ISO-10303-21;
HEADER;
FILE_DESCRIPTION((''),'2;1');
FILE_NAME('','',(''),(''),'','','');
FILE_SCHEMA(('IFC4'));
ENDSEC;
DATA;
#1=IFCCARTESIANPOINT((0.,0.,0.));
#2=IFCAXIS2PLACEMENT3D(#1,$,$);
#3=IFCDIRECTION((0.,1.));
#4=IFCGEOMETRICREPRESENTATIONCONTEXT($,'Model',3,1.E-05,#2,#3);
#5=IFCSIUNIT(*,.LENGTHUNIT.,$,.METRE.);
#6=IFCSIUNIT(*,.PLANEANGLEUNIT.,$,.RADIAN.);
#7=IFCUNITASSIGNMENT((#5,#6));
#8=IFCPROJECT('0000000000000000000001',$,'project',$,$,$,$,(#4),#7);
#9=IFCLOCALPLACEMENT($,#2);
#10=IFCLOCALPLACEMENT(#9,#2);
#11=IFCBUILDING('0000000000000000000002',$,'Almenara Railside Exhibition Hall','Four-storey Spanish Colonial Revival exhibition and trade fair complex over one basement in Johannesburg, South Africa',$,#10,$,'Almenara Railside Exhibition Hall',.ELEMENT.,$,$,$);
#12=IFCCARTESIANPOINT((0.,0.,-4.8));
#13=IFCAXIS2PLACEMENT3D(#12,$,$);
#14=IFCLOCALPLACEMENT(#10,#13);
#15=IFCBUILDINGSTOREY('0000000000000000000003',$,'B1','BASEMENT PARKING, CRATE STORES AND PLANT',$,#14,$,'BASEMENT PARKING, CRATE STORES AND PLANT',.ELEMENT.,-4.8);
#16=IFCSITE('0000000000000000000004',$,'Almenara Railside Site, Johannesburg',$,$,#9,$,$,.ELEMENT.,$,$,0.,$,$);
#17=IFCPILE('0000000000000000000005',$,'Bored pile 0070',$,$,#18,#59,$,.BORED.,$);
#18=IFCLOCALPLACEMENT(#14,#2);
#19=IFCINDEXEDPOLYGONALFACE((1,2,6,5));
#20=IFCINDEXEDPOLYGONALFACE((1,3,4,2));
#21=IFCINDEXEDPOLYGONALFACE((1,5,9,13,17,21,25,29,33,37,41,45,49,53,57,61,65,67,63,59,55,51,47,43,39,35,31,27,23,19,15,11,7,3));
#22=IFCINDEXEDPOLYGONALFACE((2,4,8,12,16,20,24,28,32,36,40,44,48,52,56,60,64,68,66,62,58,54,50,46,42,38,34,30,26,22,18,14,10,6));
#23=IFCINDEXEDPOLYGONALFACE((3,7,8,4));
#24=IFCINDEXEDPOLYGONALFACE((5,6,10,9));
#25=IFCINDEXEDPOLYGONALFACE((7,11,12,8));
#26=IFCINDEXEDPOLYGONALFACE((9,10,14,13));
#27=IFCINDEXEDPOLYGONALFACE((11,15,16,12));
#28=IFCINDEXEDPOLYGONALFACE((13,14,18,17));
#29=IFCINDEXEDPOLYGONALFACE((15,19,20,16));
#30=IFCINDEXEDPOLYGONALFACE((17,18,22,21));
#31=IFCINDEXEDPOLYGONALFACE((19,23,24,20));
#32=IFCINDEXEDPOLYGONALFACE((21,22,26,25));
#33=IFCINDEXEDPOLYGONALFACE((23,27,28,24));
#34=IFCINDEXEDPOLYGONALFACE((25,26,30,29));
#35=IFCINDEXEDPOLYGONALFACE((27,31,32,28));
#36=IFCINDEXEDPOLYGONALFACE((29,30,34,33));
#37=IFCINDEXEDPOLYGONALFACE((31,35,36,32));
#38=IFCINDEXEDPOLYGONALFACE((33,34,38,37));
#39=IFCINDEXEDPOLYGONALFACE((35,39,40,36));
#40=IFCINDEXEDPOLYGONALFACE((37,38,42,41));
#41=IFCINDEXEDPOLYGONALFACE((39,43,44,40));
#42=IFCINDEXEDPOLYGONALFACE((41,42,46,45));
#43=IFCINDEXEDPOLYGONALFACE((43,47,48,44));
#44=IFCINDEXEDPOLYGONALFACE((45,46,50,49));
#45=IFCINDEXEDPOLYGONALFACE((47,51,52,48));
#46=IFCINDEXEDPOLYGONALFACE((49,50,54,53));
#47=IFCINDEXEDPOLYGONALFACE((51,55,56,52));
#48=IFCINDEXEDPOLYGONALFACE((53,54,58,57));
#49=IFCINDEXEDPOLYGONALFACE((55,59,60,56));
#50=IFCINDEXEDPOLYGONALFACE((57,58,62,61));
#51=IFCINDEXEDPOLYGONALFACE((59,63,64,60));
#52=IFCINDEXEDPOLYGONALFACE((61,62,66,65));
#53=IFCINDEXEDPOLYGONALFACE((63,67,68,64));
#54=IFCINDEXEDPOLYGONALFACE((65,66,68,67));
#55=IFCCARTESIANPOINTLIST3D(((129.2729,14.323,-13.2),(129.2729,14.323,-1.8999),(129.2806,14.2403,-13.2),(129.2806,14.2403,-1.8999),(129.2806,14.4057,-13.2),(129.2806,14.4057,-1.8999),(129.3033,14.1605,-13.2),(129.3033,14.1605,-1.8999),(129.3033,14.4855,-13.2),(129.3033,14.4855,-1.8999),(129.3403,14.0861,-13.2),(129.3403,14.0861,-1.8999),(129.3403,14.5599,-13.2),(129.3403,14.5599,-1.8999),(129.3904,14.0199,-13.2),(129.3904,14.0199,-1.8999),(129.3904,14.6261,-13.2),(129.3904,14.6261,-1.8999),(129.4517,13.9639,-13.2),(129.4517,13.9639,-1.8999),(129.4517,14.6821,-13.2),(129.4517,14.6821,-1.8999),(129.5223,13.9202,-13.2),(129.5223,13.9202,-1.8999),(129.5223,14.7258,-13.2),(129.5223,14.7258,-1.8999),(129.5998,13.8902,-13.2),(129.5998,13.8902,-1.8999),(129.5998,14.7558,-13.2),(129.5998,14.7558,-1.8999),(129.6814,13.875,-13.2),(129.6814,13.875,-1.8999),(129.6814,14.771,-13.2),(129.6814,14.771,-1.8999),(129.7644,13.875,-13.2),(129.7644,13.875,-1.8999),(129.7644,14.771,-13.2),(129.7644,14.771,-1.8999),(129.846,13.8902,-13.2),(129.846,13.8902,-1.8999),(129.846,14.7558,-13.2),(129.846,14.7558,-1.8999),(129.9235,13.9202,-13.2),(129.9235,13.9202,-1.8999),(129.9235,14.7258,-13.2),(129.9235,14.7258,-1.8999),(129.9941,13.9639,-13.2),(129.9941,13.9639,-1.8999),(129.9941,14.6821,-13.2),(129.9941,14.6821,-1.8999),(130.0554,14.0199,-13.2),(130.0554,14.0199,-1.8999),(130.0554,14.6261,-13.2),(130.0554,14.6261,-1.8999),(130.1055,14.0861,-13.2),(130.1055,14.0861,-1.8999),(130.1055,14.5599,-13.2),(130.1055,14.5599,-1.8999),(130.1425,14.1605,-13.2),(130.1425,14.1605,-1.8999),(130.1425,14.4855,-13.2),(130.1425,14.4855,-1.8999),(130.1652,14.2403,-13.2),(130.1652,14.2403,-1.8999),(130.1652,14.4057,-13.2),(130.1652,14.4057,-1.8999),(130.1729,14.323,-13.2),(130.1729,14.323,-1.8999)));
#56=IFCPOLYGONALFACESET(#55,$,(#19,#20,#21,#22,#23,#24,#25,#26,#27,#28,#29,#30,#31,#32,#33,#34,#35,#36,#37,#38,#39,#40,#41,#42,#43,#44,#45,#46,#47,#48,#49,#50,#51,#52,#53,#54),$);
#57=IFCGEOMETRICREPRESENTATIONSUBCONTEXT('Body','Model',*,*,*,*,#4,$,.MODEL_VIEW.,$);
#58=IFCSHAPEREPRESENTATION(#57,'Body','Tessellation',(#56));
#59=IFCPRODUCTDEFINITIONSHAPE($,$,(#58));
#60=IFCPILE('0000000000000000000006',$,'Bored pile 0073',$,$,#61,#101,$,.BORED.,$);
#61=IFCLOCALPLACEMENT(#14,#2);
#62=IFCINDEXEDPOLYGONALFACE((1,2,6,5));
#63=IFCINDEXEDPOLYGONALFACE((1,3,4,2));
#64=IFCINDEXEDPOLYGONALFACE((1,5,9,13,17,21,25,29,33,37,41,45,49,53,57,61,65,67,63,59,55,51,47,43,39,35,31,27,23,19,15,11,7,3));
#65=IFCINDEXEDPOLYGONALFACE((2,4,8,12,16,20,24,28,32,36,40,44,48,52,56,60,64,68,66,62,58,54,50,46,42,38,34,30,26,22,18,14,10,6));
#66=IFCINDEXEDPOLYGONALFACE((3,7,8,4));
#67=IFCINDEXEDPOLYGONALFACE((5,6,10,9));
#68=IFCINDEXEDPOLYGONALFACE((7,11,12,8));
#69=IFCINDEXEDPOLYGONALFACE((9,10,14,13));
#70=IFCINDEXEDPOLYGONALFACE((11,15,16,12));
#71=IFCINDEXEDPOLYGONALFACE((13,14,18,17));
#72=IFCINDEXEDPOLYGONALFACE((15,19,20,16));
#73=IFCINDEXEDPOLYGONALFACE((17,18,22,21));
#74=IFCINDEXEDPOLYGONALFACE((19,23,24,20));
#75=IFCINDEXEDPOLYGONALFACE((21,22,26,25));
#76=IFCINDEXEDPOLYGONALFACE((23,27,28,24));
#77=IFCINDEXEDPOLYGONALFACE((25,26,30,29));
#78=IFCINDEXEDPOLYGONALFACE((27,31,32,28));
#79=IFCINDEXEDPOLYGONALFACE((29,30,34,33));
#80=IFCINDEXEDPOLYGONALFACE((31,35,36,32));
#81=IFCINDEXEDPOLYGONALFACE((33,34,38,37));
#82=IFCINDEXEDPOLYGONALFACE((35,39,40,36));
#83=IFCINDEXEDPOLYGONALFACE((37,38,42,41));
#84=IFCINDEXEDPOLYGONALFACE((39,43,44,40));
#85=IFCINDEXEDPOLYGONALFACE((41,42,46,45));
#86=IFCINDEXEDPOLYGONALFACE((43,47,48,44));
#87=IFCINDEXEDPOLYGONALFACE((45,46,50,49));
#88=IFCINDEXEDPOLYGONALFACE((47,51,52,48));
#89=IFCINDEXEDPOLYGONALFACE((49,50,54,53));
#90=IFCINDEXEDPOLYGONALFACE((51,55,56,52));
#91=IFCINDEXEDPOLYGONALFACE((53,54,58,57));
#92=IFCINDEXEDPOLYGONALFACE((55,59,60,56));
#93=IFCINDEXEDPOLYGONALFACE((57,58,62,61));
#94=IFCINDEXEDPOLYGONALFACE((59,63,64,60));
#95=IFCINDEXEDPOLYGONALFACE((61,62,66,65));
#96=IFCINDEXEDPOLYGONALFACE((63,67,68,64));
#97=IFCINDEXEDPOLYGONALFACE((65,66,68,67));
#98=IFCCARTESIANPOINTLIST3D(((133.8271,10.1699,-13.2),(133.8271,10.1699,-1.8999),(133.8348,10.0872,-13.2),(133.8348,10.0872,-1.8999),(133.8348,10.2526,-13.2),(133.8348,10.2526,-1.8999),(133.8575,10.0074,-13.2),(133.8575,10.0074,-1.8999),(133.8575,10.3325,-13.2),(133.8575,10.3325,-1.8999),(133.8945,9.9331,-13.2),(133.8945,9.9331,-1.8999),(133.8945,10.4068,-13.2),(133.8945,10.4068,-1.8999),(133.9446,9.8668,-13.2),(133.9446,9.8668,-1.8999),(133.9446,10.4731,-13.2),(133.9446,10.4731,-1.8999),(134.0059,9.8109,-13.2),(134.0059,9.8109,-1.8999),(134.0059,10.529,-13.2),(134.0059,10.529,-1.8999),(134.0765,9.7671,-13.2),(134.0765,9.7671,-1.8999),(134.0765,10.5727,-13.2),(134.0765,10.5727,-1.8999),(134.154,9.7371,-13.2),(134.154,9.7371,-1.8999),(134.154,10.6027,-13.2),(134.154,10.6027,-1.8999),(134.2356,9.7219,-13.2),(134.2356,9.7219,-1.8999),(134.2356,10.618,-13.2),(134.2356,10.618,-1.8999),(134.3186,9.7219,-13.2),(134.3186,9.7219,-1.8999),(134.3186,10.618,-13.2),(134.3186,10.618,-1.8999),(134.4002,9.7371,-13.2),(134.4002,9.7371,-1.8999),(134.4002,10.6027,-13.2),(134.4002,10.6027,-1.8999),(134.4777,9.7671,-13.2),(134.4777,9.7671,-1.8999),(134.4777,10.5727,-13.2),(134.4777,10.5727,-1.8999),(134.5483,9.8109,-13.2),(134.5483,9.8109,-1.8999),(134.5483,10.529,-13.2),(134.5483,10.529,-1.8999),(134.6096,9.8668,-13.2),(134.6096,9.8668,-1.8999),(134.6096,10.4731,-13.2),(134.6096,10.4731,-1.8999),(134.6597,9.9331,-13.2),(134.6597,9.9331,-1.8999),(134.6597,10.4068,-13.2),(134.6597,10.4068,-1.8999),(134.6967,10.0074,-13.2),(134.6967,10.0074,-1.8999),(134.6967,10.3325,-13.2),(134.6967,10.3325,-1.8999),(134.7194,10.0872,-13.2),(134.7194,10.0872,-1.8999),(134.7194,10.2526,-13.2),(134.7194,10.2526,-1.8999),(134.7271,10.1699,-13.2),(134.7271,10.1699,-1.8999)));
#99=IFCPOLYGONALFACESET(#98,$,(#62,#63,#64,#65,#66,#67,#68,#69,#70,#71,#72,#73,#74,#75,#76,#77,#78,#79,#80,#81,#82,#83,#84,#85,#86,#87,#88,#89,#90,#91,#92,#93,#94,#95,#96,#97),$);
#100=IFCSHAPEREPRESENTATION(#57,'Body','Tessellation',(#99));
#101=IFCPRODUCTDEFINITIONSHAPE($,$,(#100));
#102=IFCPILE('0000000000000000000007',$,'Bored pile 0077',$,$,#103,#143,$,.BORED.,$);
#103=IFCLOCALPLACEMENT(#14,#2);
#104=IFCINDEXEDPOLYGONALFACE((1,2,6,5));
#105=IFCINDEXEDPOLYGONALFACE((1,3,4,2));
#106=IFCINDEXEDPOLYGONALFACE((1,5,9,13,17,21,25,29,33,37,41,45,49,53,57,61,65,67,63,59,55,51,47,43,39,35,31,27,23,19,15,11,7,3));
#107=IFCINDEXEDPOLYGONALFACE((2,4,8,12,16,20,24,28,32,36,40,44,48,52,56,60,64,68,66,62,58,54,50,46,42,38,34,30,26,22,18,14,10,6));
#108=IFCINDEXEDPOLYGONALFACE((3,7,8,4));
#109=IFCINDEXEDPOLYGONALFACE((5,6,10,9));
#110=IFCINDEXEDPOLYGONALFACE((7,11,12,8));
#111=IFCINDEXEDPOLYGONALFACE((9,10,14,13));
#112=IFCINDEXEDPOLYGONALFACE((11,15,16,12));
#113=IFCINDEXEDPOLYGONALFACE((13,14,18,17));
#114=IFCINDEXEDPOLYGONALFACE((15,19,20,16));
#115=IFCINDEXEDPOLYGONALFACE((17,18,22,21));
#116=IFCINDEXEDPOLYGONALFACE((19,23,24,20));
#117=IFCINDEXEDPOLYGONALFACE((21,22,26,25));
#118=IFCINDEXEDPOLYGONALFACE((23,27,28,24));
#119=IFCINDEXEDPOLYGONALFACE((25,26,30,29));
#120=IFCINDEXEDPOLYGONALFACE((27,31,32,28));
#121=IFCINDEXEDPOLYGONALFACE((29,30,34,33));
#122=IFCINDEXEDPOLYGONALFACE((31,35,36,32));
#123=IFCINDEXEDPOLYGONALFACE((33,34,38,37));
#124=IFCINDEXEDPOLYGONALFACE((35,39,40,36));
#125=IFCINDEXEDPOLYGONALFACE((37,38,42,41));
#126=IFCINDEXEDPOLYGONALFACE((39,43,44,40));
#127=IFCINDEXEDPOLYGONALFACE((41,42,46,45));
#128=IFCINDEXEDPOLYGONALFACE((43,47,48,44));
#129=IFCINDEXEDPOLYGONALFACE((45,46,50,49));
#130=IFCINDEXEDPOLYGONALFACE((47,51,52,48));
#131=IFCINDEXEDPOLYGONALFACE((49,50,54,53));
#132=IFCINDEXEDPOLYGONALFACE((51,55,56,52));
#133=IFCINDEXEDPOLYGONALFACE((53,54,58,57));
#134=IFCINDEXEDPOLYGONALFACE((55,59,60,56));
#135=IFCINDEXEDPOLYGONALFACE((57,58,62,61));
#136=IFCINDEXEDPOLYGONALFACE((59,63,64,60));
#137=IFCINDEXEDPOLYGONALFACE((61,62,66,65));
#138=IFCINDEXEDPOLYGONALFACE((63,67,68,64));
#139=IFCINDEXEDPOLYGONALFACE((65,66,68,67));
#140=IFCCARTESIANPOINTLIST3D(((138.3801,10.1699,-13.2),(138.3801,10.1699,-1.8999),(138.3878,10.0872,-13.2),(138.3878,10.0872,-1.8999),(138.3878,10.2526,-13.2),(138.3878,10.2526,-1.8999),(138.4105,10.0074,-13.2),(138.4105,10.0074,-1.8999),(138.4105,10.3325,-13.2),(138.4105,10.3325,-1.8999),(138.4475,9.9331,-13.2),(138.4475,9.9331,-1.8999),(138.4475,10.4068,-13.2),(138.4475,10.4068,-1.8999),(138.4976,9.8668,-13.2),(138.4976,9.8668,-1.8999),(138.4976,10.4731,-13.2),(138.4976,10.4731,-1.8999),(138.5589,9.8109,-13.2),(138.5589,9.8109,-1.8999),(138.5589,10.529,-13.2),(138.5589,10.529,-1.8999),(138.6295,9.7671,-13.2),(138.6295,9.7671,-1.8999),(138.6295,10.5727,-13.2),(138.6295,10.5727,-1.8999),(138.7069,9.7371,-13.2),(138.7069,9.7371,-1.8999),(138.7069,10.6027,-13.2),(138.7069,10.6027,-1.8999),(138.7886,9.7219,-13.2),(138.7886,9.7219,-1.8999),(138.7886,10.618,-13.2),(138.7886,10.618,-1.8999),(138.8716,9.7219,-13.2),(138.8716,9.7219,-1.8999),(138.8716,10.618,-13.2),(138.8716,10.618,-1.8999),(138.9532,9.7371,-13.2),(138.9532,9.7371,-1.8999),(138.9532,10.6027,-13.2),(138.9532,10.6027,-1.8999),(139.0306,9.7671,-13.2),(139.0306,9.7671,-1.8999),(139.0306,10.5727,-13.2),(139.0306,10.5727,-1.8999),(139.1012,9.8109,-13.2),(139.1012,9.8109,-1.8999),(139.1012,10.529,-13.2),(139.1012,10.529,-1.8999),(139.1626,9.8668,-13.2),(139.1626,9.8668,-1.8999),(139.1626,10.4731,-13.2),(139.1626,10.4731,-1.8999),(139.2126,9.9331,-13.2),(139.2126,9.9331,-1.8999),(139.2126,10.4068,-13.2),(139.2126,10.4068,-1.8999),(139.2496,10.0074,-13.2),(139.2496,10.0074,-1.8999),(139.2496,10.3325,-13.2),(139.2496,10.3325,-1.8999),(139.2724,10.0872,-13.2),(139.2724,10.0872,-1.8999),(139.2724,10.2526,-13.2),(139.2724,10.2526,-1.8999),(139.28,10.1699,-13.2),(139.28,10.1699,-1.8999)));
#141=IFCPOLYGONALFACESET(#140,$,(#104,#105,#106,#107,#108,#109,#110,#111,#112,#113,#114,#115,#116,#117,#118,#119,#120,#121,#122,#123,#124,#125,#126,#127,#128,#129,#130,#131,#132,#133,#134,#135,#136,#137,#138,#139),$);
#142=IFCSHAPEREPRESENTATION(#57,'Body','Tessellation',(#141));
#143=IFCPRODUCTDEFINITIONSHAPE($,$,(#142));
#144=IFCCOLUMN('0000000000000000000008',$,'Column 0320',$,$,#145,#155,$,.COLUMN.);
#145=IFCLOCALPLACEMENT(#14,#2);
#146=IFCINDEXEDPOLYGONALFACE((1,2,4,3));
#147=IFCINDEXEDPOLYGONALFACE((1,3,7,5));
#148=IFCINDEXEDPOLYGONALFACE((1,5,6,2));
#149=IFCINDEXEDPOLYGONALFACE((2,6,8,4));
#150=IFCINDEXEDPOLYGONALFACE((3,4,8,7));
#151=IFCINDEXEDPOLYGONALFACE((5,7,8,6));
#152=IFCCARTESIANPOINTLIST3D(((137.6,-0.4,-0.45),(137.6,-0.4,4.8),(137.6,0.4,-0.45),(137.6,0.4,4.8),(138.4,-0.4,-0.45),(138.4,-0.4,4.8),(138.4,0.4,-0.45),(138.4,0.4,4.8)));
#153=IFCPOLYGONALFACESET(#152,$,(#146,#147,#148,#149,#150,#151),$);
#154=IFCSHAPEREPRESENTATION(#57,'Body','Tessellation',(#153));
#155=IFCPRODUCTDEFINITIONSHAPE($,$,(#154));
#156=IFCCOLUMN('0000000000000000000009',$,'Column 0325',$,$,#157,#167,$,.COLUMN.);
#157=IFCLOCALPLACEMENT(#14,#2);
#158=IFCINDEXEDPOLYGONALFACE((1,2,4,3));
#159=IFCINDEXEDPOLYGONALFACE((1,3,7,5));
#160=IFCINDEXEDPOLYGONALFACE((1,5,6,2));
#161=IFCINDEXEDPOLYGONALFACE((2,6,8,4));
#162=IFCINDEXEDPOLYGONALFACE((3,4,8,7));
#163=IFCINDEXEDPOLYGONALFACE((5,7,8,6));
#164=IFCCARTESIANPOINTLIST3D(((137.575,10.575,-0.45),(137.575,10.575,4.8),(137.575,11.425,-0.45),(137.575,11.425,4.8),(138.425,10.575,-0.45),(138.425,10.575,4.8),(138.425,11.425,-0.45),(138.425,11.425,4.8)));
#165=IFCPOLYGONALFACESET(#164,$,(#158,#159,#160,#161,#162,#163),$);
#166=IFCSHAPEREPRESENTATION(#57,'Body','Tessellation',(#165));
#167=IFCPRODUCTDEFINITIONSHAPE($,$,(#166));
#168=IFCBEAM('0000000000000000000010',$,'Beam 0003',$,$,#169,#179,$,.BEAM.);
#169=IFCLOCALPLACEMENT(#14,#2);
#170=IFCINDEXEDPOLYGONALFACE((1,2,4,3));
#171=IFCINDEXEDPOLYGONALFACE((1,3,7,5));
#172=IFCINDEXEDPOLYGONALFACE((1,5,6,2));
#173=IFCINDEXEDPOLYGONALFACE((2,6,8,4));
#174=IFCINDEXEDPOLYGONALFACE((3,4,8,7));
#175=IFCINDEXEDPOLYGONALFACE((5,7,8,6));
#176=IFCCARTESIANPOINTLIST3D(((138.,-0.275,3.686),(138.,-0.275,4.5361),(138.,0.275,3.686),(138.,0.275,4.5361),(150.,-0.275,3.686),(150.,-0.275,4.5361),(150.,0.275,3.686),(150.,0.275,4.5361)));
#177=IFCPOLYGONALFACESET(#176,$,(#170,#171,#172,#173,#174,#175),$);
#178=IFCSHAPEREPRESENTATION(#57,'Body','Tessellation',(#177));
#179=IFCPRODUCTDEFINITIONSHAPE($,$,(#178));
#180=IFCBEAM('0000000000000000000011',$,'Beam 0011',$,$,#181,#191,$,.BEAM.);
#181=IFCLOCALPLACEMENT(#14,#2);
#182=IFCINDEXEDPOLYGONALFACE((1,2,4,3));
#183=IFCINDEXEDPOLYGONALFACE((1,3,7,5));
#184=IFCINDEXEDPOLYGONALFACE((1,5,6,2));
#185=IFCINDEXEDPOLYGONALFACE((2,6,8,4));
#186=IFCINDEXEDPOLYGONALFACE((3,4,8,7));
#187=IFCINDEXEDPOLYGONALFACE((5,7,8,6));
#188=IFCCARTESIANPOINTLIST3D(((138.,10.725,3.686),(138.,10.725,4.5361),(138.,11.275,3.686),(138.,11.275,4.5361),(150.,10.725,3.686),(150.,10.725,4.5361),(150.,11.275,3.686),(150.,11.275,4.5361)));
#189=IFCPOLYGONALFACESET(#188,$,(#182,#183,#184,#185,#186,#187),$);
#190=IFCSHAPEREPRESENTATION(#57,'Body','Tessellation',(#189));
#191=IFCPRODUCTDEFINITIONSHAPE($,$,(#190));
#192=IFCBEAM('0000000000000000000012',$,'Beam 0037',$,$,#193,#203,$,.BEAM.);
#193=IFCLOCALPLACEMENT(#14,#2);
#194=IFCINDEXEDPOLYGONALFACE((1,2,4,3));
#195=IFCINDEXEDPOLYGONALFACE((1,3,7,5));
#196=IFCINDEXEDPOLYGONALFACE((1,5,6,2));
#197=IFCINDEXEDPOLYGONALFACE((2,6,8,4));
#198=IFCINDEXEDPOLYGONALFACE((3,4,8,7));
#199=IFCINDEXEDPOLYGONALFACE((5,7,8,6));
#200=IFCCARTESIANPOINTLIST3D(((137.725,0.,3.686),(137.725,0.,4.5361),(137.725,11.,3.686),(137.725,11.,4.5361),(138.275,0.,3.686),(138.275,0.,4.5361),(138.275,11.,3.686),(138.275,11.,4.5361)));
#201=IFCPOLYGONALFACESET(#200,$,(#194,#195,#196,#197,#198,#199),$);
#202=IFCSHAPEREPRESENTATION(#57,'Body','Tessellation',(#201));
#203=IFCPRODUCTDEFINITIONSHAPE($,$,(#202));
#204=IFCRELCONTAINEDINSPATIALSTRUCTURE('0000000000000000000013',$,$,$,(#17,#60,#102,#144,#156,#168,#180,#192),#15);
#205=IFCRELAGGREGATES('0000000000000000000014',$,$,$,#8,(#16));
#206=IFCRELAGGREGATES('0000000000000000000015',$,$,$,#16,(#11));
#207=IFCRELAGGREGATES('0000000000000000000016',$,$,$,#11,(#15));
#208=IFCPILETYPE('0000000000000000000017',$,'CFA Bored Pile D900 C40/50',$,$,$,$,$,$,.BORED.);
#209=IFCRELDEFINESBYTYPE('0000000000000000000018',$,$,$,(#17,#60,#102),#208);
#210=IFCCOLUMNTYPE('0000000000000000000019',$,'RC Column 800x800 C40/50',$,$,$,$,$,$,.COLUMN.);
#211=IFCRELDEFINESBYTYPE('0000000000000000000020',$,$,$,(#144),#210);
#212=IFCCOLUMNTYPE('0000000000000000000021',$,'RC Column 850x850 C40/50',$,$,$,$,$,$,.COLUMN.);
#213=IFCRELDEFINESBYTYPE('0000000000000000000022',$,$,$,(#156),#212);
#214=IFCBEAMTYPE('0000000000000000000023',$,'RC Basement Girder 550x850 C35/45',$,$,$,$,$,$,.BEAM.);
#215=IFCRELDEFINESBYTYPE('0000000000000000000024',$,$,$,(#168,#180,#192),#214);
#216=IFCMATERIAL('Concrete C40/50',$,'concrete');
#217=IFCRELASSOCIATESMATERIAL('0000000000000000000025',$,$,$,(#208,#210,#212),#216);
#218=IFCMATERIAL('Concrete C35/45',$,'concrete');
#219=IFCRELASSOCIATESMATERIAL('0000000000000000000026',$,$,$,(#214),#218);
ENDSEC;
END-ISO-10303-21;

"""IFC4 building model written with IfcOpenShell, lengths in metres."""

from ifc_helpers import new_model, si_unit, direction, frame, origin, origin_2d, place, context, subcontext, project, spatial, rectangle, circle, extrude, material, material_profile, profile_set, type_object, element, save


model = new_model("IFC4")

# Units and contexts
model_context = context("Model", 3, precision=1e-05, world=origin(), true_north=direction((0.0, 1.0)))
body_context = subcontext(model_context, "Body", "Model", "MODEL_VIEW")
ifc_project = project(units=[si_unit("LENGTHUNIT", "METRE"), si_unit("PLANEANGLEUNIT", "RADIAN")], contexts=[model_context])

# Site, building, storey
site_placement = place(None, origin())
site = spatial("IfcSite", under=ifc_project, at=site_placement, Name="Almenara Railside Site, Johannesburg", CompositionType="ELEMENT", RefElevation=0.0)
building_placement = place(site_placement, origin())
building = spatial("IfcBuilding", under=site, at=building_placement, Name="Almenara Railside Exhibition Hall", Description="Four-storey Spanish Colonial Revival exhibition and trade fair complex over one basement in Johannesburg, South Africa", LongName="Almenara Railside Exhibition Hall", CompositionType="ELEMENT")
storey_placement = place(building_placement, frame((0.0, 0.0, -4.8)))
storey = spatial("IfcBuildingStorey", under=building, at=storey_placement, Name="B1", Description="BASEMENT PARKING, CRATE STORES AND PLANT", LongName="BASEMENT PARKING, CRATE STORES AND PLANT", CompositionType="ELEMENT", Elevation=-4.8)

# Piles
ifc_material_1 = material(Name="Concrete C40/50", Category="concrete")
ifc_material_profile_1 = material_profile(ifc_material_1, circle(Radius=0.45, at=origin_2d()), Name="CFA-PILE D900")
ifc_profile_set_1 = profile_set([ifc_material_profile_1], Name="Concrete C40/50")
pile_type_1 = type_object("IfcPileType", Name="CFA Bored Pile D900 C40/50", PredefinedType="BORED", material=ifc_profile_set_1)
for number, where, z_axis, x_axis, name in (
    (1, (129.7229, 14.323, -1.8999), (0.0, 0.0, -1.0), (1.0, 0.0, 0.0), "Bored pile 0070"),
    (2, (134.2771, 10.1699, -1.8999), (0.0, 0.0, -1.0), (1.0, 0.0, 0.0), "Bored pile 0073"),
    (3, (138.8301, 10.1699, -1.8999), (0.0, 0.0, -1.0), (1.0, 0.0, 0.0), "Bored pile 0077"),
):
    element("IfcPile", number, at=place(storey_placement, frame(where, z_axis=z_axis, x_axis=x_axis)), inside=storey, type_object=pile_type_1, Name=name, PredefinedType="BORED", context=body_context, shape_type="SweptSolid", body=[
        extrude(circle(Radius=0.45, at=origin_2d()), origin(), (0.0, 0.0, 1.0), 11.3),
    ])

# Columns
ifc_material_profile_2 = material_profile(ifc_material_1, rectangle(XDim=0.8, YDim=0.8, at=origin_2d()), Name="RC 800x800")
ifc_profile_set_2 = profile_set([ifc_material_profile_2], Name="Concrete C40/50")
column_type_1 = type_object("IfcColumnType", Name="RC Column 800x800 C40/50", PredefinedType="COLUMN", material=ifc_profile_set_2)
column_1_placement = place(storey_placement, frame((138.0, 0.0, -0.45), z_axis=(0.0, 0.0, 1.0), x_axis=(1.0, 0.0, 0.0)))
element("IfcColumn", 4, at=column_1_placement, inside=storey, type_object=column_type_1, Name="Column 0320", PredefinedType="COLUMN", context=body_context, shape_type="SweptSolid", body=[
    extrude(rectangle(XDim=0.8, YDim=0.8, at=origin_2d()), origin(), (0.0, 0.0, 1.0), 5.25),
])
ifc_material_profile_3 = material_profile(ifc_material_1, rectangle(XDim=0.8501, YDim=0.8501, at=origin_2d()), Name="RC 850x850")
ifc_profile_set_3 = profile_set([ifc_material_profile_3], Name="Concrete C40/50")
column_type_2 = type_object("IfcColumnType", Name="RC Column 850x850 C40/50", PredefinedType="COLUMN", material=ifc_profile_set_3)
column_2_placement = place(storey_placement, frame((138.0, 11.0, -0.45), z_axis=(0.0, 0.0, 1.0), x_axis=(1.0, 0.0, 0.0)))
element("IfcColumn", 5, at=column_2_placement, inside=storey, type_object=column_type_2, Name="Column 0325", PredefinedType="COLUMN", context=body_context, shape_type="SweptSolid", body=[
    extrude(rectangle(XDim=0.8501, YDim=0.8501, at=origin_2d()), origin(), (0.0, 0.0, 1.0), 5.25),
])

# Beams
ifc_material_2 = material(Name="Concrete C35/45", Category="concrete")
ifc_material_profile_4 = material_profile(ifc_material_2, rectangle(XDim=0.55, YDim=0.8501, at=origin_2d()), Name="RC 550x850")
ifc_profile_set_4 = profile_set([ifc_material_profile_4], Name="Concrete C35/45")
beam_type_1 = type_object("IfcBeamType", Name="RC Basement Girder 550x850 C35/45", PredefinedType="BEAM", material=ifc_profile_set_4)
for number, where, z_axis, x_axis, name in (
    (6, (138.0, 0.0, 4.1111), (1.0, 0.0, 0.0), (0.0, 1.0, 0.0), "Beam 0003"),
    (7, (138.0, 11.0, 4.1111), (1.0, 0.0, 0.0), (0.0, 1.0, 0.0), "Beam 0011"),
):
    element("IfcBeam", number, at=place(storey_placement, frame(where, z_axis=z_axis, x_axis=x_axis)), inside=storey, type_object=beam_type_1, Name=name, PredefinedType="BEAM", context=body_context, shape_type="SweptSolid", body=[
        extrude(rectangle(XDim=0.55, YDim=0.8501, at=origin_2d()), origin(), (0.0, 0.0, 1.0), 12.0),
    ])
beam_1_placement = place(storey_placement, frame((138.0, 0.0, 4.1111), z_axis=(0.0, 1.0, 0.0), x_axis=(-1.0, 0.0, 0.0)))
element("IfcBeam", 8, at=beam_1_placement, inside=storey, type_object=beam_type_1, Name="Beam 0037", PredefinedType="BEAM", context=body_context, shape_type="SweptSolid", body=[
    extrude(rectangle(XDim=0.55, YDim=0.8501, at=origin_2d()), origin(), (0.0, 0.0, 1.0), 11.0),
])

save(model, "model.ifc")
